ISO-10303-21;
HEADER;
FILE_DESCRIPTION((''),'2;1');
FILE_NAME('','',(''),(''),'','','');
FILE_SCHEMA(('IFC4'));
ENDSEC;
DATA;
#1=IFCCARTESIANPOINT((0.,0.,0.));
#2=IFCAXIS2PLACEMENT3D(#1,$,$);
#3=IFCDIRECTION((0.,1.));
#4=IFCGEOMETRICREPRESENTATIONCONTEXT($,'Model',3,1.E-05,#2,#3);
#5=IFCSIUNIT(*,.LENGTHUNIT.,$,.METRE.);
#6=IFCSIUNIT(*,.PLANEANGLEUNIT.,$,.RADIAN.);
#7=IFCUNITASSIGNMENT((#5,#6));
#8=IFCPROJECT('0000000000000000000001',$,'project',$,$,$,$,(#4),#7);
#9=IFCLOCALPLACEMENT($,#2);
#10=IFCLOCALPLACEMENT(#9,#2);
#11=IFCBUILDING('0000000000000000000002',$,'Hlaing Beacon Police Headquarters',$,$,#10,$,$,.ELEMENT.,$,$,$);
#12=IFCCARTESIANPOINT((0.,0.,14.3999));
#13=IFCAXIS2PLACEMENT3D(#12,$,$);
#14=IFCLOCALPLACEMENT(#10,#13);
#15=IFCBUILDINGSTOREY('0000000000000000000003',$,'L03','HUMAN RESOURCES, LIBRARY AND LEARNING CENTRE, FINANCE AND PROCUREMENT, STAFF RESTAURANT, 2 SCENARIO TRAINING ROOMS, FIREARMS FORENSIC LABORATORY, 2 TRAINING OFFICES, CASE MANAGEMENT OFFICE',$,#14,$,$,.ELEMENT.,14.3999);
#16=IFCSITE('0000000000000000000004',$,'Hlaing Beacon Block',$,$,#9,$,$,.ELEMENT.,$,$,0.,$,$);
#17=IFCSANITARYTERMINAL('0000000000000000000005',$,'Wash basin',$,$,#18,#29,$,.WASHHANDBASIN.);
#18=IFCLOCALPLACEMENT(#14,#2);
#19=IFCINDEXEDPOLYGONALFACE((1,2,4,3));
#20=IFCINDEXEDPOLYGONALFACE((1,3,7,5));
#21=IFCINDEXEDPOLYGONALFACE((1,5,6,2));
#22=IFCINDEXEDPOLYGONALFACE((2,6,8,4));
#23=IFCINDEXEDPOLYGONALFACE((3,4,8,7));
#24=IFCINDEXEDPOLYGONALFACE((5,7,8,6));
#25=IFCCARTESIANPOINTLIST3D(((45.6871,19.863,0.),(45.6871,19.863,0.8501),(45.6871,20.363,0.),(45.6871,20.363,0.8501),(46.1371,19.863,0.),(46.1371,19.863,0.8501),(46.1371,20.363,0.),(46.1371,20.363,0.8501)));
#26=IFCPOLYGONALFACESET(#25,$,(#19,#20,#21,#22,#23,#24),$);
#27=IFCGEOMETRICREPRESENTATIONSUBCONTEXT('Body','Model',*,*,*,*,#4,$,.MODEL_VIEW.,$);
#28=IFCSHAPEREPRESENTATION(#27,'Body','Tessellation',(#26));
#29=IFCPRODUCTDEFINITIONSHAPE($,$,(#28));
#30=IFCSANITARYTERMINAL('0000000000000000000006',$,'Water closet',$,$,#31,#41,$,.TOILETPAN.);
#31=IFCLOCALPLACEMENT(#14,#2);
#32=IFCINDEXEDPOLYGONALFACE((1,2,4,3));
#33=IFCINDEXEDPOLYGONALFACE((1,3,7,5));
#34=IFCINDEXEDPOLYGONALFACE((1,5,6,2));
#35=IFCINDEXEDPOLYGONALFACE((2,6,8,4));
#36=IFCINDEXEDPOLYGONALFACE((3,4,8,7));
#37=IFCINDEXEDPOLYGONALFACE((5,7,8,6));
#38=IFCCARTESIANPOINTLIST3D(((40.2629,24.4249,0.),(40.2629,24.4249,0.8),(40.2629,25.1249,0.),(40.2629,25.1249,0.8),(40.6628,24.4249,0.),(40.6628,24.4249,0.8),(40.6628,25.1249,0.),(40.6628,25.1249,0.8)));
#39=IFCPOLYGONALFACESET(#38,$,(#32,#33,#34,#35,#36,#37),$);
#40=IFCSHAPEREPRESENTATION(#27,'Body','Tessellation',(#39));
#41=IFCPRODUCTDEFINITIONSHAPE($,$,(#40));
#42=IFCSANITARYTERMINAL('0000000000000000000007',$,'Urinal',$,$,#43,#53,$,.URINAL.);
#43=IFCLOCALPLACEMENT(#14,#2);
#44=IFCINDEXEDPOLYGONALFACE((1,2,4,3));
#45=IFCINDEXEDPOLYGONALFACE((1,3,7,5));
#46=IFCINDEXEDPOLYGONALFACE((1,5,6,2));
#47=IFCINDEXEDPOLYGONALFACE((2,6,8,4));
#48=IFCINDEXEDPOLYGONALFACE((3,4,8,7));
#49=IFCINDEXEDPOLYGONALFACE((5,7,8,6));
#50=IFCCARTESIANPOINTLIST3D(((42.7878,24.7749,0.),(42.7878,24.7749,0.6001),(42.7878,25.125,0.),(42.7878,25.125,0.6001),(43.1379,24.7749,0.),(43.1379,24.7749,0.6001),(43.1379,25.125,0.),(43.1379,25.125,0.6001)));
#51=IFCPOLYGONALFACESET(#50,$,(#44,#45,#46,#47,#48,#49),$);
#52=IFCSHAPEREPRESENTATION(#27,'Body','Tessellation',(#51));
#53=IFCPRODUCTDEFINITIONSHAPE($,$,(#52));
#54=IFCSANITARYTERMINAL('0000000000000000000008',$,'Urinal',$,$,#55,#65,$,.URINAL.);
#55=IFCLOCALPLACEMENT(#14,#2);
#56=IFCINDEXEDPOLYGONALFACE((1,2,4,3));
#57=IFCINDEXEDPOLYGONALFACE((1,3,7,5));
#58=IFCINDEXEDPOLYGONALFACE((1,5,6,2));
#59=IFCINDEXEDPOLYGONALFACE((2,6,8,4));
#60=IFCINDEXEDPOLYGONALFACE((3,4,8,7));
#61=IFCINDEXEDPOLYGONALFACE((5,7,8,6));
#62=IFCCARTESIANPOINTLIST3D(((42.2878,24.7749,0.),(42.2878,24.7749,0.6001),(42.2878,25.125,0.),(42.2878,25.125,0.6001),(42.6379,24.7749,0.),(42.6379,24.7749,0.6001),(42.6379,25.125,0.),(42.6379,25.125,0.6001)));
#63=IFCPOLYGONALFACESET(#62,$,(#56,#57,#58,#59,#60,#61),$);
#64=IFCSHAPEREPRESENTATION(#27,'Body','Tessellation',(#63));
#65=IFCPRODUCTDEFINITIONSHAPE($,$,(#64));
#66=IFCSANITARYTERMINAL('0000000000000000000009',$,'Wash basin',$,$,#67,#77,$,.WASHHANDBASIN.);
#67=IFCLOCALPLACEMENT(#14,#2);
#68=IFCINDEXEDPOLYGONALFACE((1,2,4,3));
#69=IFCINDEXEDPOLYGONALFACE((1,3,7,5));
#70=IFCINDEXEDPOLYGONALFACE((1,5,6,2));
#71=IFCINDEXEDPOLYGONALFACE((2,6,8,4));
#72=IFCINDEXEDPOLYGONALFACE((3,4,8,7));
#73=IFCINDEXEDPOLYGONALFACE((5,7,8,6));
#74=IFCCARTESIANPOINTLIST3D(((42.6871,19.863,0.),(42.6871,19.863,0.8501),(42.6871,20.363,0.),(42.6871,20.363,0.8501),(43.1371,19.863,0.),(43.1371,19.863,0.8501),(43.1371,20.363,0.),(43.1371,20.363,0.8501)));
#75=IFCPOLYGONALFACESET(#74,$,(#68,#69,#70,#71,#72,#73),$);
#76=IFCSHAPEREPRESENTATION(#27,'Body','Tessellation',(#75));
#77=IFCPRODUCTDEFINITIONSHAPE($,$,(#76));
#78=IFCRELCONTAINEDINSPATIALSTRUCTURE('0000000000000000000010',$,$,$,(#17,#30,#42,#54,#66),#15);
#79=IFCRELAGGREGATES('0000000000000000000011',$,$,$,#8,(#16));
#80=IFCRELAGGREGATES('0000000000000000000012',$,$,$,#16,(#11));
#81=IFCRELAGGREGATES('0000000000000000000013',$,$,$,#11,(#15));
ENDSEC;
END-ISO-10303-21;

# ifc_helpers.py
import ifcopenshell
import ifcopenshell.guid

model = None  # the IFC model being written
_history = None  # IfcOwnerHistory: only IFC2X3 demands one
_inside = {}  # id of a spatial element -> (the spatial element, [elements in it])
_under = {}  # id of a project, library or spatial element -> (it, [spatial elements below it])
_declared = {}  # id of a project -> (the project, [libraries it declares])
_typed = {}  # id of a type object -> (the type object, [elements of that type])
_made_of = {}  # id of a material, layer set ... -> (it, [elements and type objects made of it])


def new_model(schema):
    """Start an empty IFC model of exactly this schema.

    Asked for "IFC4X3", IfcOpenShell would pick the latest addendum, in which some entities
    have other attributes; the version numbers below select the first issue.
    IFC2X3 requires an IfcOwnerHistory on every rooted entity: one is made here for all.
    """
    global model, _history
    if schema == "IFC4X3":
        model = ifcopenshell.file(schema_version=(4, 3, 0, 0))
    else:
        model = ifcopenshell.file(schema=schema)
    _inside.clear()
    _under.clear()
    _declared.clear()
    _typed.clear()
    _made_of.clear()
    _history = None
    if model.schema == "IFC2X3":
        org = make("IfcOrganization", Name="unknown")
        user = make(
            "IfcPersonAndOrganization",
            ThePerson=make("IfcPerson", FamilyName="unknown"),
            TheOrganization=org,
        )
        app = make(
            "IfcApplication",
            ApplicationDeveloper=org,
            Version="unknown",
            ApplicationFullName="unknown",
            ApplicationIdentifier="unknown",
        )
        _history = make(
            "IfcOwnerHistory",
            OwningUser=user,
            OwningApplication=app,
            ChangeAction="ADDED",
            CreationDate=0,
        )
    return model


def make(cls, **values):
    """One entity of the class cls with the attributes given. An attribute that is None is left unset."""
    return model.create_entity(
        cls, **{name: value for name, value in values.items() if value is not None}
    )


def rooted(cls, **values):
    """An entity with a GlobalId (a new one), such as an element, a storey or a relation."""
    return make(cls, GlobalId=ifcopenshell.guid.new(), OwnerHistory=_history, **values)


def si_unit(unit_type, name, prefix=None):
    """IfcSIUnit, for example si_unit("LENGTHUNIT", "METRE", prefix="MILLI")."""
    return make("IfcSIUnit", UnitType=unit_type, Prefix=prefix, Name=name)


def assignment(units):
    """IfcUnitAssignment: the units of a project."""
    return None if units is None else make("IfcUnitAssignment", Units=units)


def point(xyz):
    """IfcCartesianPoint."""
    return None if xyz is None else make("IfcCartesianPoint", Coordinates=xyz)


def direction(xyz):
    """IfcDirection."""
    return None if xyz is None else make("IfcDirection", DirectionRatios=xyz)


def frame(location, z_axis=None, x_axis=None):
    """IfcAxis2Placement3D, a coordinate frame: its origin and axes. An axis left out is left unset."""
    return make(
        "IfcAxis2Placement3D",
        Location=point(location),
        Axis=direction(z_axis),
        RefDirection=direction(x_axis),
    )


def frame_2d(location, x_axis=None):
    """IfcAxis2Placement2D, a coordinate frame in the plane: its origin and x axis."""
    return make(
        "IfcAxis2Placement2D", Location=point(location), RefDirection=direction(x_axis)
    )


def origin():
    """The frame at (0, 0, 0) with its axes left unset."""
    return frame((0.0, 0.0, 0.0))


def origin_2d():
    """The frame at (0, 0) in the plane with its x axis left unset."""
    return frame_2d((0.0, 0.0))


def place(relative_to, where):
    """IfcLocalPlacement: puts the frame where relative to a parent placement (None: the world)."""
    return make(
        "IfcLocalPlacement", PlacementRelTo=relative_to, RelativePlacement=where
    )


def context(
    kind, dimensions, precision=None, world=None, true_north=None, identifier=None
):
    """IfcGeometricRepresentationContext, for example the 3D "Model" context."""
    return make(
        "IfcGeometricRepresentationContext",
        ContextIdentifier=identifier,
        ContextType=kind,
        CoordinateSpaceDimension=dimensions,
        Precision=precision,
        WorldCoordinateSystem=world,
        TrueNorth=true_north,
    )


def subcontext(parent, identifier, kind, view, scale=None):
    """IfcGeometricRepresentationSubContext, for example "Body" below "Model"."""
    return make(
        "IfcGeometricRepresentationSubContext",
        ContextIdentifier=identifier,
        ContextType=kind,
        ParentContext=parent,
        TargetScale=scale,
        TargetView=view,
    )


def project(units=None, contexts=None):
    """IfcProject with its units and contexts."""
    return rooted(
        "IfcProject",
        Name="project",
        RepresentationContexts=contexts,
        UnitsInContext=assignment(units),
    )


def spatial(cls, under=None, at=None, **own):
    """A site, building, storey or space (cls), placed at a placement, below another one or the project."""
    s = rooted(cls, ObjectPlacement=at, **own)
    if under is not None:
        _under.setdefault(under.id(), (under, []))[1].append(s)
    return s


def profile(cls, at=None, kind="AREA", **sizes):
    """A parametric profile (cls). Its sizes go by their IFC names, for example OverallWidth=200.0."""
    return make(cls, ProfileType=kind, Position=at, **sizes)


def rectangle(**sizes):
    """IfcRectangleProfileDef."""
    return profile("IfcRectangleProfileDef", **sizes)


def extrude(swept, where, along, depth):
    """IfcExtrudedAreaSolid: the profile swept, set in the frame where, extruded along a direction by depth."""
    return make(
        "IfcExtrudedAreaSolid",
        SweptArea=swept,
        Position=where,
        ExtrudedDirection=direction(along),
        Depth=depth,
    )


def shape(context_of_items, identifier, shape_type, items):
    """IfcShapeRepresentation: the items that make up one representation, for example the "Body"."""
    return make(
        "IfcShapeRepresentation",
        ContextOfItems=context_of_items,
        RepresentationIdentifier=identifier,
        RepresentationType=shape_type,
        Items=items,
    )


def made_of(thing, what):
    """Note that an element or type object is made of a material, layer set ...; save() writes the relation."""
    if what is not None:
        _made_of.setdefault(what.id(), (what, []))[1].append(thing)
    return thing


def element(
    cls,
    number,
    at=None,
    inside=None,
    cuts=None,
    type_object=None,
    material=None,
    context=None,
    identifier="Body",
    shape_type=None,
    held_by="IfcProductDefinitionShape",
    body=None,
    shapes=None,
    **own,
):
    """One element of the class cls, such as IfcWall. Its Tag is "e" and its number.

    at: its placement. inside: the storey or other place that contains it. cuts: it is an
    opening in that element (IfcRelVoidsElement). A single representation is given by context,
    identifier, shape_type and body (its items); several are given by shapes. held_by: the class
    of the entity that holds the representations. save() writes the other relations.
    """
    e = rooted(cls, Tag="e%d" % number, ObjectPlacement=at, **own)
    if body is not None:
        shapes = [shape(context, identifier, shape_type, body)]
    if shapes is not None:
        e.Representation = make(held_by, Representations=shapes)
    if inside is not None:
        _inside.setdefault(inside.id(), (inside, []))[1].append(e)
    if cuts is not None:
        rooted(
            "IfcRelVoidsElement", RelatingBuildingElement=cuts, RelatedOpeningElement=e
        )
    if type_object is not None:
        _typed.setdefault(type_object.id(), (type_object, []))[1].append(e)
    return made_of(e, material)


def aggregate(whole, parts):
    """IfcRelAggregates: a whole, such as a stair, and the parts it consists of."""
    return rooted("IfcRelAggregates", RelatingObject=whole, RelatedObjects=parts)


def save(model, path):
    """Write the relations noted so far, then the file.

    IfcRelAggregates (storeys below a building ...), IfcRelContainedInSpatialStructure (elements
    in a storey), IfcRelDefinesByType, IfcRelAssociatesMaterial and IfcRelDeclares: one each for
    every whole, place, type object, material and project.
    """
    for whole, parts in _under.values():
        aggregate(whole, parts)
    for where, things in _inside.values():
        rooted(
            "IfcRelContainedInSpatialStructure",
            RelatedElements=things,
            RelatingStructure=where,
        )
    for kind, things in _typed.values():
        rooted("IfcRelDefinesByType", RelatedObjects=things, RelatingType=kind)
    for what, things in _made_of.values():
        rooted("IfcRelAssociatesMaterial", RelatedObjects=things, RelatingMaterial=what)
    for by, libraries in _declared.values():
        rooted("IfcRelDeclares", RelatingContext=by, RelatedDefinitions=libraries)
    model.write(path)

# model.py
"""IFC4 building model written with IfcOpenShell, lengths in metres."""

from ifc_helpers import new_model, si_unit, direction, frame, origin, origin_2d, place, context, subcontext, project, spatial, rectangle, extrude, element, save


model = new_model("IFC4")

# Units and contexts
model_context = context("Model", 3, precision=1e-05, world=origin(), true_north=direction((0.0, 1.0)))
body_context = subcontext(model_context, "Body", "Model", "MODEL_VIEW")
ifc_project = project(units=[si_unit("LENGTHUNIT", "METRE"), si_unit("PLANEANGLEUNIT", "RADIAN")], contexts=[model_context])

# Site, building, storey
site_placement = place(None, origin())
site = spatial("IfcSite", under=ifc_project, at=site_placement, Name="Hlaing Beacon Block", CompositionType="ELEMENT", RefElevation=0.0)
building_placement = place(site_placement, origin())
building = spatial("IfcBuilding", under=site, at=building_placement, Name="Hlaing Beacon Police Headquarters", CompositionType="ELEMENT")
storey_placement = place(building_placement, frame((0.0, 0.0, 14.3999)))
storey = spatial("IfcBuildingStorey", under=building, at=storey_placement, Name="L03", Description="HUMAN RESOURCES, LIBRARY AND LEARNING CENTRE, FINANCE AND PROCUREMENT, STAFF RESTAURANT, 2 SCENARIO TRAINING ROOMS, FIREARMS FORENSIC LABORATORY, 2 TRAINING OFFICES, CASE MANAGEMENT OFFICE", CompositionType="ELEMENT", Elevation=14.3999)

# Sanitary terminals
sanitary_terminal_1_placement = place(storey_placement, frame((45.9121, 20.113, 0.0), z_axis=(0.0, 0.0, 1.0), x_axis=(1.0, 0.0, 0.0)))
element("IfcSanitaryTerminal", 1, at=sanitary_terminal_1_placement, inside=storey, Name="Wash basin", PredefinedType="WASHHANDBASIN", context=body_context, shape_type="SweptSolid", body=[
    extrude(rectangle(XDim=0.45, YDim=0.5, at=origin_2d()), origin(), (0.0, 0.0, 1.0), 0.8501),
])
sanitary_terminal_2_placement = place(storey_placement, frame((40.4629, 24.7749, 0.0), z_axis=(0.0, 0.0, 1.0), x_axis=(1.0, 0.0, 0.0)))
element("IfcSanitaryTerminal", 2, at=sanitary_terminal_2_placement, inside=storey, Name="Water closet", PredefinedType="TOILETPAN", context=body_context, shape_type="SweptSolid", body=[
    extrude(rectangle(XDim=0.3999, YDim=0.7, at=origin_2d()), origin(), (0.0, 0.0, 1.0), 0.8),
])
for number, where, z_axis, x_axis, name in (
    (3, (42.9629, 24.95, 0.0), (0.0, 0.0, 1.0), (1.0, 0.0, 0.0), "Urinal"),
    (4, (42.4629, 24.95, 0.0), (0.0, 0.0, 1.0), (1.0, 0.0, 0.0), "Urinal"),
):
    element("IfcSanitaryTerminal", number, at=place(storey_placement, frame(where, z_axis=z_axis, x_axis=x_axis)), inside=storey, Name=name, PredefinedType="URINAL", context=body_context, shape_type="SweptSolid", body=[
        extrude(rectangle(XDim=0.3501, YDim=0.3501, at=origin_2d()), origin(), (0.0, 0.0, 1.0), 0.6001),
    ])
sanitary_terminal_3_placement = place(storey_placement, frame((42.9121, 20.113, 0.0), z_axis=(0.0, 0.0, 1.0), x_axis=(1.0, 0.0, 0.0)))
element("IfcSanitaryTerminal", 5, at=sanitary_terminal_3_placement, inside=storey, Name="Wash basin", PredefinedType="WASHHANDBASIN", context=body_context, shape_type="SweptSolid", body=[
    extrude(rectangle(XDim=0.45, YDim=0.5, at=origin_2d()), origin(), (0.0, 0.0, 1.0), 0.8501),
])

save(model, "model.ifc")
